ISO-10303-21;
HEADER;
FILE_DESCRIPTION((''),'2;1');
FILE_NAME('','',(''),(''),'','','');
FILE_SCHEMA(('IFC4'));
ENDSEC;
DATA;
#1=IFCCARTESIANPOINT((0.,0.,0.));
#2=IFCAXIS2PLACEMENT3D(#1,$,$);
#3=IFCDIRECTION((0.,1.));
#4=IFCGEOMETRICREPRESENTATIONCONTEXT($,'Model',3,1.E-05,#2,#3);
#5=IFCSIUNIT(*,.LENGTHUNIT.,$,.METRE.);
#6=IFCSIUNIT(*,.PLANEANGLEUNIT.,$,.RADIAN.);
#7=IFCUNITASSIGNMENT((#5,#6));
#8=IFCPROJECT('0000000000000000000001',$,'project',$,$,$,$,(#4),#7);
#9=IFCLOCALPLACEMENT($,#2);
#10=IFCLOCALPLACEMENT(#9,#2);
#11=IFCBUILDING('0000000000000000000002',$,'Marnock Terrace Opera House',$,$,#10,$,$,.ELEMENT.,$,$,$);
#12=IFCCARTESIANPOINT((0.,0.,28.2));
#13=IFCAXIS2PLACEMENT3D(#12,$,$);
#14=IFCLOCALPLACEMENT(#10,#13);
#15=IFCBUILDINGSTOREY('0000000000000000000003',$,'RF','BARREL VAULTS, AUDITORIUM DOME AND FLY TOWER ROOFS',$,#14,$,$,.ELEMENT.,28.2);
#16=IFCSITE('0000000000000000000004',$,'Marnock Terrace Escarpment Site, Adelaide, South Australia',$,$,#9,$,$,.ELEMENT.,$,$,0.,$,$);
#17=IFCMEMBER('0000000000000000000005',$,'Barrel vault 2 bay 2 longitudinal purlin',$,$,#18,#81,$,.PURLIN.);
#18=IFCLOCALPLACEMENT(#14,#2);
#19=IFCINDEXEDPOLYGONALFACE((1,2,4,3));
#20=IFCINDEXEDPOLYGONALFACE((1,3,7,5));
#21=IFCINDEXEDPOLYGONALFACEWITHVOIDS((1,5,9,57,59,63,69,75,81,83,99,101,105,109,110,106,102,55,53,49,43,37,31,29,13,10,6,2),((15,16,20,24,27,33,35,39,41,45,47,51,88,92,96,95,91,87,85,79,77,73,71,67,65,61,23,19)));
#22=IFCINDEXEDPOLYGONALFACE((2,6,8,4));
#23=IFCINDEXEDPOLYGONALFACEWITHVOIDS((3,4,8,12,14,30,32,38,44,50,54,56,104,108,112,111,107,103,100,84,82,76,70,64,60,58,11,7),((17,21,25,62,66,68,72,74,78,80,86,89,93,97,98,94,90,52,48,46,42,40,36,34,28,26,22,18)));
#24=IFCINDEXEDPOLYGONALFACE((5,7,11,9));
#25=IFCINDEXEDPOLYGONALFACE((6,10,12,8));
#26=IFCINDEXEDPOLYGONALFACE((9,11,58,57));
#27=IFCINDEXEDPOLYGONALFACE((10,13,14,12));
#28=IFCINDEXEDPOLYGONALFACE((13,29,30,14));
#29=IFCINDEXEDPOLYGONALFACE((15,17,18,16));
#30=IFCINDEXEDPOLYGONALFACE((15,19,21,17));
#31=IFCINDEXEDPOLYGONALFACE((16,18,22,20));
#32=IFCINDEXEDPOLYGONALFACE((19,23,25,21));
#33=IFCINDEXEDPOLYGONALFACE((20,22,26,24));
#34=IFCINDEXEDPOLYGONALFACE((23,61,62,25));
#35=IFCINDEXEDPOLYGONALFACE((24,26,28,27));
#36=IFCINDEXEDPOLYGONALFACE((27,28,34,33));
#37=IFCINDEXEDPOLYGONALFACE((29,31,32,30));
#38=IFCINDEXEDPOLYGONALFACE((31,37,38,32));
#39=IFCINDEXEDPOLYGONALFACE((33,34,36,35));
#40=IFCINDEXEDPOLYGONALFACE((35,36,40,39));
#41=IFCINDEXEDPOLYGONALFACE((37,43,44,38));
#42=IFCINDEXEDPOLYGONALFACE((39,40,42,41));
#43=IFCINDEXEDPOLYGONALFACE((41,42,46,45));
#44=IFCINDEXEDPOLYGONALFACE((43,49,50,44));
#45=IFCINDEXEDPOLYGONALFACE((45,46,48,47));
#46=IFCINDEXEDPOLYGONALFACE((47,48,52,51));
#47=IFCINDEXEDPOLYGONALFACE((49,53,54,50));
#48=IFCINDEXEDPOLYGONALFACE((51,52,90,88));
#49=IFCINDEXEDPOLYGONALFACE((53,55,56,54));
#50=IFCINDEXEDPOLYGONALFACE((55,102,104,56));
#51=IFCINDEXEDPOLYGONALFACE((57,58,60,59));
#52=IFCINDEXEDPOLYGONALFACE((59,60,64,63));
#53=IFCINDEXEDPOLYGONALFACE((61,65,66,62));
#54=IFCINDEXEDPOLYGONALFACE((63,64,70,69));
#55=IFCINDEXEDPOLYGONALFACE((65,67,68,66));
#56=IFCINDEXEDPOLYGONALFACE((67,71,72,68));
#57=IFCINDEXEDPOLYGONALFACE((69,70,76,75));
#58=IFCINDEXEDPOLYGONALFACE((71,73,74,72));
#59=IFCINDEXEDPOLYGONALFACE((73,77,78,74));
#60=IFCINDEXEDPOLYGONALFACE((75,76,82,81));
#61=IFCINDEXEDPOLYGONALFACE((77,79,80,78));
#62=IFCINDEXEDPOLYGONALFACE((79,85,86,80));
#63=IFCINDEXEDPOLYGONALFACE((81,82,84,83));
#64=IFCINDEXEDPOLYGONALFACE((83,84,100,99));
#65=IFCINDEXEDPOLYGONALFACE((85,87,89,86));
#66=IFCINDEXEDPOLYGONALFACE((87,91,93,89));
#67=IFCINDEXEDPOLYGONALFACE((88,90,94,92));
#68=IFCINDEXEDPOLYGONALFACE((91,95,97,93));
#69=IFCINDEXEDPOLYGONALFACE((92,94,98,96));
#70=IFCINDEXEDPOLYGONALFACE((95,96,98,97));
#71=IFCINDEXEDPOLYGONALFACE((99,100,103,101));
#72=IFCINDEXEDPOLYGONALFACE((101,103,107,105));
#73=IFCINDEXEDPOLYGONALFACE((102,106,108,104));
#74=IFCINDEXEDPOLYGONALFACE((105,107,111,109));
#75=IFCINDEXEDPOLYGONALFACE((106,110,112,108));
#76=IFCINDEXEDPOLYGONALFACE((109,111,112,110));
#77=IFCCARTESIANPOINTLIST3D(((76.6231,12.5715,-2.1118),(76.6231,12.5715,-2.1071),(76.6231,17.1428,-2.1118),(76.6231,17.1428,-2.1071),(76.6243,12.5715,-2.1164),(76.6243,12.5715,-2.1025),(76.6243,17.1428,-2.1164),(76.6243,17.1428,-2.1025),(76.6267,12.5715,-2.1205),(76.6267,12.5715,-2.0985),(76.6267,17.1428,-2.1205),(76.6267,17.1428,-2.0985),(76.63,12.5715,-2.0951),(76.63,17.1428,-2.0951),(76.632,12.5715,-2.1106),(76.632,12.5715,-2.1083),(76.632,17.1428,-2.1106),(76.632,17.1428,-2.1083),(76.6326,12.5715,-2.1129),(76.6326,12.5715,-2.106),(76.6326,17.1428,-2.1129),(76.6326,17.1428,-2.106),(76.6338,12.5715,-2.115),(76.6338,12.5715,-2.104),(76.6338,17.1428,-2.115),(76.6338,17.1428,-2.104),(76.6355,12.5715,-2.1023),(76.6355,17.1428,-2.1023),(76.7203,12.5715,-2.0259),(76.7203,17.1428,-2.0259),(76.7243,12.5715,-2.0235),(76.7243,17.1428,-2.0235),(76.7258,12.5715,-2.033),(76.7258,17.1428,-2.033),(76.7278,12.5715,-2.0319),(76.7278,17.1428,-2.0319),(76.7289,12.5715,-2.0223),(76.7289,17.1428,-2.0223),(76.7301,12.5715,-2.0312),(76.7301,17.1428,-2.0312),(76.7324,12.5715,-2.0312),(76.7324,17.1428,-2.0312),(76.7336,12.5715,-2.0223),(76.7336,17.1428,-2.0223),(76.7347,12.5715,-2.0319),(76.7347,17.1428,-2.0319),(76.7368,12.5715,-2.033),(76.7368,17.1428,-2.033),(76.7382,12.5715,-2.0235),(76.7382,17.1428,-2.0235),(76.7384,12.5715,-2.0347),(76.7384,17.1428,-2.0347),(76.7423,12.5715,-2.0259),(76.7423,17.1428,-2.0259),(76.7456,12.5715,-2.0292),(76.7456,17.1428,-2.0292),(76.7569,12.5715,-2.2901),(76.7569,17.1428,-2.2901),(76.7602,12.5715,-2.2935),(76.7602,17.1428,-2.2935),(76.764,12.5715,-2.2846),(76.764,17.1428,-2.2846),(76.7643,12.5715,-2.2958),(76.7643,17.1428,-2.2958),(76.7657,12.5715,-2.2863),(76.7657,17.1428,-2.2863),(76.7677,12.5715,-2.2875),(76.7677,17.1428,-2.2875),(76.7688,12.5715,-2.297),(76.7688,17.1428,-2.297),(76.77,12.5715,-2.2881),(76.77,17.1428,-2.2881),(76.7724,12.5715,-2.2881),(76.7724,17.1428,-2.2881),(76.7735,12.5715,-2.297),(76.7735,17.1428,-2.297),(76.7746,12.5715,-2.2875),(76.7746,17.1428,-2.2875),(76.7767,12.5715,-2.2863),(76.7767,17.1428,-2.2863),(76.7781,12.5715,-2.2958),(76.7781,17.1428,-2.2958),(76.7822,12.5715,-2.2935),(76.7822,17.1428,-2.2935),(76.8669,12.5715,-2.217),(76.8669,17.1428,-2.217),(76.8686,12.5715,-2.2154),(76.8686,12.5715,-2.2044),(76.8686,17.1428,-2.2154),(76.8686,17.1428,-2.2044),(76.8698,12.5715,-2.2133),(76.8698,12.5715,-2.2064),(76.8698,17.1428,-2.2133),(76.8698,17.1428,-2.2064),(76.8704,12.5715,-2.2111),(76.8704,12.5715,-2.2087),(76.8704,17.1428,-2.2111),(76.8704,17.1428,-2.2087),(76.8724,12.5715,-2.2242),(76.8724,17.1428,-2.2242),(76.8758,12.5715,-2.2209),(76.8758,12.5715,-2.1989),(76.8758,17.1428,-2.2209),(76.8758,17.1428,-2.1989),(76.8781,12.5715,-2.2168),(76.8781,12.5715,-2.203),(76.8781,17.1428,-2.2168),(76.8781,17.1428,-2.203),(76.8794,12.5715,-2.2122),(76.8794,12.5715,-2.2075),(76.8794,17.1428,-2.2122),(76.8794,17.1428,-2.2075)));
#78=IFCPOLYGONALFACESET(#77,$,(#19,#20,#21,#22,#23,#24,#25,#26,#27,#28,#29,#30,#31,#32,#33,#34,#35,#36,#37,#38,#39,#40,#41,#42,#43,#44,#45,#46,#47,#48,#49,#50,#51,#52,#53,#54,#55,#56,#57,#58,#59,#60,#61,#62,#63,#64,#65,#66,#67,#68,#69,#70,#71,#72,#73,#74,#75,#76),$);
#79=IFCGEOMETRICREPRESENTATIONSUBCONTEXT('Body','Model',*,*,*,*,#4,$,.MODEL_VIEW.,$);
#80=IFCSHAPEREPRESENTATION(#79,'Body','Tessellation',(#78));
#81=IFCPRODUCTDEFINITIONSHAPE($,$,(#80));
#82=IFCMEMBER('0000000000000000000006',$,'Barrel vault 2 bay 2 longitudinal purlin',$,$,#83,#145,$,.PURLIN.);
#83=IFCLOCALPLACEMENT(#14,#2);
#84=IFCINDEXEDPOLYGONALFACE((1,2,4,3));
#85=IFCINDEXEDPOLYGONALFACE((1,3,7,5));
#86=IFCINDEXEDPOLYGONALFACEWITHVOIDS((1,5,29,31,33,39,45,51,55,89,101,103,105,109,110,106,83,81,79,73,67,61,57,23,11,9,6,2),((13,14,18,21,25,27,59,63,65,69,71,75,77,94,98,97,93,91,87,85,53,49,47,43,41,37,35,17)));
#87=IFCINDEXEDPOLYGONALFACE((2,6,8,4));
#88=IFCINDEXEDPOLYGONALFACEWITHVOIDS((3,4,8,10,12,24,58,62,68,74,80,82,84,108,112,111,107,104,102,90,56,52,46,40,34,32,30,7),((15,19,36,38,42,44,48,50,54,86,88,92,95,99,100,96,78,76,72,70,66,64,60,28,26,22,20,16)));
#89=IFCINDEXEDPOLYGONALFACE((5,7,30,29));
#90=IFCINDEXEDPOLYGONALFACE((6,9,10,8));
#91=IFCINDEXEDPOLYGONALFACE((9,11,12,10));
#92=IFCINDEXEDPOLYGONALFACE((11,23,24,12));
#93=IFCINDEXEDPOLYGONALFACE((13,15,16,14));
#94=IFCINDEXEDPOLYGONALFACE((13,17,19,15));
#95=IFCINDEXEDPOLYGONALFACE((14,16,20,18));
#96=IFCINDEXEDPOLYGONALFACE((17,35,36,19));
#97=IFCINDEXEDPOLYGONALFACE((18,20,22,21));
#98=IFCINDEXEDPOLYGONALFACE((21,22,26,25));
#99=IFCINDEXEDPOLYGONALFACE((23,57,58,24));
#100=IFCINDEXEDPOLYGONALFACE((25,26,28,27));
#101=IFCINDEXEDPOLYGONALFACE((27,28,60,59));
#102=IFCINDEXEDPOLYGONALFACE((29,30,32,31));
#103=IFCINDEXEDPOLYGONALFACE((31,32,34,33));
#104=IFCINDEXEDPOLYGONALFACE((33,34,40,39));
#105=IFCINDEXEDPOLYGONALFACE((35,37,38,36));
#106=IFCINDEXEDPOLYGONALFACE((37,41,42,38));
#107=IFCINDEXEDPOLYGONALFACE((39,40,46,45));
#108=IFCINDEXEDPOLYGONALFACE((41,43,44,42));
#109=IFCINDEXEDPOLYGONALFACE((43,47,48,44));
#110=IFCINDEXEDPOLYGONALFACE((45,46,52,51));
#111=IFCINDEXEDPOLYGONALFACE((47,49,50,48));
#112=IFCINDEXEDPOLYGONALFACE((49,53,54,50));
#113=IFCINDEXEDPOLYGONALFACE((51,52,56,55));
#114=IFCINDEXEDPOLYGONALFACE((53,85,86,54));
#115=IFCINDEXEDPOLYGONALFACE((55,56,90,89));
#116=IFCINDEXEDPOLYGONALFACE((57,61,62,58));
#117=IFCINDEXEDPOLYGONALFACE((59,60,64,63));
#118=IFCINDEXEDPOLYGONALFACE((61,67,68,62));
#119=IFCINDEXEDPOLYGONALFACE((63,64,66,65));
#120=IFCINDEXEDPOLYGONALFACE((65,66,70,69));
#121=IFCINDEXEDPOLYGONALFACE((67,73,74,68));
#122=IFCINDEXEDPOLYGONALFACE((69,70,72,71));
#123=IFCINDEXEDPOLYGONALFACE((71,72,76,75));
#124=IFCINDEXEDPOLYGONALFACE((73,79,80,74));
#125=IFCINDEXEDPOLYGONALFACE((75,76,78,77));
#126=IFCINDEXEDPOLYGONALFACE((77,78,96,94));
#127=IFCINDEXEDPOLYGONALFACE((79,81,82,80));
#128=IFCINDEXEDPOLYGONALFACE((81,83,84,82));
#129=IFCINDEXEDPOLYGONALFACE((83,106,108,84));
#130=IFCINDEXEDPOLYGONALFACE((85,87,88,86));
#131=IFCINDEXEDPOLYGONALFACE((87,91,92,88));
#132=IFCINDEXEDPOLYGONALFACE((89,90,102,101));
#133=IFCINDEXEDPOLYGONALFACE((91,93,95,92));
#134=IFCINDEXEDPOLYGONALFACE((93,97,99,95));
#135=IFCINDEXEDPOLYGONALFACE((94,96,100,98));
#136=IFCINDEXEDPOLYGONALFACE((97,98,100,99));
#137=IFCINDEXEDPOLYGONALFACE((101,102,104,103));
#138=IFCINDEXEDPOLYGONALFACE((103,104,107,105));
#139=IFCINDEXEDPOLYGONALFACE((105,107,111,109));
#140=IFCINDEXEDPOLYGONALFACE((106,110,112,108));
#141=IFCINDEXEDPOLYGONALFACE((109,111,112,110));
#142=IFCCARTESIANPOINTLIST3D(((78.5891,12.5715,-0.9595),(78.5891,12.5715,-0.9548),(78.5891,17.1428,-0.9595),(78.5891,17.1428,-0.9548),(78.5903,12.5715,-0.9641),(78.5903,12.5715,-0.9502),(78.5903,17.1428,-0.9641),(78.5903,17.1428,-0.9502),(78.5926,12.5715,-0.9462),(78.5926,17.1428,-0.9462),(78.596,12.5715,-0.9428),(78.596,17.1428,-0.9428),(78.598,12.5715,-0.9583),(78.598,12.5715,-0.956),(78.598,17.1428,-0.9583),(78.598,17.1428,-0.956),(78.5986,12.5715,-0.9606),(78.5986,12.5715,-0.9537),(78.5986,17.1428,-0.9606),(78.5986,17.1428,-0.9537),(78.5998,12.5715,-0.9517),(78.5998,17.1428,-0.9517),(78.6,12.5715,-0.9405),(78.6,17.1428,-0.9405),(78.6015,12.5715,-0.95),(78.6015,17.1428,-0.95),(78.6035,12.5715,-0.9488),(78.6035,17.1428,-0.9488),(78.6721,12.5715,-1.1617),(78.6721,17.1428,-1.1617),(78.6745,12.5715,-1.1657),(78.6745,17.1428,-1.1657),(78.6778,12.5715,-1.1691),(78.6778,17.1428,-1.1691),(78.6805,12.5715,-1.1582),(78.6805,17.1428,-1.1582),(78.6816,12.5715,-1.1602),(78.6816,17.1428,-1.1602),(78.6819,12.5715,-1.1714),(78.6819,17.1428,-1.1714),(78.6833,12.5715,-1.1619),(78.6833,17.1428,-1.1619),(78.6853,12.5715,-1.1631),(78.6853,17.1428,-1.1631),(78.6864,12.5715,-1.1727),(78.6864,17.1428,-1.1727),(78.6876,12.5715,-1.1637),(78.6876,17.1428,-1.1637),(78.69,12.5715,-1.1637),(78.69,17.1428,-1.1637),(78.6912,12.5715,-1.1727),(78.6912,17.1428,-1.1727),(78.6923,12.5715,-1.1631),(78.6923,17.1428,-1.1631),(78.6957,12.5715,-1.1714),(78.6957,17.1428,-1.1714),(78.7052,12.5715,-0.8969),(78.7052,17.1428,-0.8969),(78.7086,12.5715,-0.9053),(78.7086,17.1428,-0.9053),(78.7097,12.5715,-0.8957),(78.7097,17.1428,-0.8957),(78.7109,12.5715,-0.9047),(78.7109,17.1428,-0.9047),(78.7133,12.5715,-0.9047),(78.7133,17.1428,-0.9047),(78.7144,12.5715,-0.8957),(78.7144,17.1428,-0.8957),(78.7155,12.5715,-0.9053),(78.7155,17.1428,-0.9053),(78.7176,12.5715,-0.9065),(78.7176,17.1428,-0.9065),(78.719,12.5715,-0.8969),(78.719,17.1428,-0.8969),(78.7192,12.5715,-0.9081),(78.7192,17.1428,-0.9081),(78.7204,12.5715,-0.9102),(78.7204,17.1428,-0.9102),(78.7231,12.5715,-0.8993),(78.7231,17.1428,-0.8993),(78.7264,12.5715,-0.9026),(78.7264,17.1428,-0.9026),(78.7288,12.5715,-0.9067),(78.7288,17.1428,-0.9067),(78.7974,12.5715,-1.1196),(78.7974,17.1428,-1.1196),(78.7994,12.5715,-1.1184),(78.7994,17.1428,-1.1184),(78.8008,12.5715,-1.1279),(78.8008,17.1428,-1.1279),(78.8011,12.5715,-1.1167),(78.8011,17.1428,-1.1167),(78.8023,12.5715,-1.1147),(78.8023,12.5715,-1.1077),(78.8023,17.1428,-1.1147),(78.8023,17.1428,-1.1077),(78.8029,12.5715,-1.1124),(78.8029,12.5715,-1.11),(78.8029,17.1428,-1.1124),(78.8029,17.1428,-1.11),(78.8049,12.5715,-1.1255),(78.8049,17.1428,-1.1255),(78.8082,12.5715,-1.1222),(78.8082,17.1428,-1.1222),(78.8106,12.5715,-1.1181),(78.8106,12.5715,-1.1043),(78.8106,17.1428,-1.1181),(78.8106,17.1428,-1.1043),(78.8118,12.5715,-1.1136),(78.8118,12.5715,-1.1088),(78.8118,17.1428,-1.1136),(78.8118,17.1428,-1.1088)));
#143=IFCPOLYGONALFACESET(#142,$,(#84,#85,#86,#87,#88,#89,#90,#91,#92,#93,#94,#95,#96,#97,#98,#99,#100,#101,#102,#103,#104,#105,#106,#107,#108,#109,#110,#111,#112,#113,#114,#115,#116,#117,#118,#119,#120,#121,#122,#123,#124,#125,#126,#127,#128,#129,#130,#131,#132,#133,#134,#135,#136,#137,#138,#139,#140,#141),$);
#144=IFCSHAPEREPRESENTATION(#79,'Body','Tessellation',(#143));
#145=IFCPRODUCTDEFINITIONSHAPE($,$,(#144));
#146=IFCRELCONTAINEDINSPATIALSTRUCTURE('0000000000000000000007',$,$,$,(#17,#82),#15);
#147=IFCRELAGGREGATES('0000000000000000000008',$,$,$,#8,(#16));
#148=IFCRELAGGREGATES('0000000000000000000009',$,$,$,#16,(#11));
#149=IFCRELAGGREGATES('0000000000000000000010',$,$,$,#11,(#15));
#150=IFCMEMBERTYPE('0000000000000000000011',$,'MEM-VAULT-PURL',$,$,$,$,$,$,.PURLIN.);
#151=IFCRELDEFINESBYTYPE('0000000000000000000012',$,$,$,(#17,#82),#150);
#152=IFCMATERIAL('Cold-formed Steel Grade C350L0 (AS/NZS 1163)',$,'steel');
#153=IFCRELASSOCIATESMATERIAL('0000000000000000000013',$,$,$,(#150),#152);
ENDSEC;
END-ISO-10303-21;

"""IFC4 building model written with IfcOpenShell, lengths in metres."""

from ifc_helpers import new_model, si_unit, direction, frame, origin, origin_2d, place, context, subcontext, project, spatial, hollow_rectangle, extrude, material, material_profile, profile_set, type_object, element, save


model = new_model("IFC4")

# Units and contexts
model_context = context("Model", 3, precision=1e-05, world=origin(), true_north=direction((0.0, 1.0)))
body_context = subcontext(model_context, "Body", "Model", "MODEL_VIEW")
ifc_project = project(units=[si_unit("LENGTHUNIT", "METRE"), si_unit("PLANEANGLEUNIT", "RADIAN")], contexts=[model_context])

# Site, building, storey
site_placement = place(None, origin())
site = spatial("IfcSite", under=ifc_project, at=site_placement, Name="Marnock Terrace Escarpment Site, Adelaide, South Australia", CompositionType="ELEMENT", RefElevation=0.0)
building_placement = place(site_placement, origin())
building = spatial("IfcBuilding", under=site, at=building_placement, Name="Marnock Terrace Opera House", CompositionType="ELEMENT")
storey_placement = place(building_placement, frame((0.0, 0.0, 28.2)))
storey = spatial("IfcBuildingStorey", under=building, at=storey_placement, Name="RF", Description="BARREL VAULTS, AUDITORIUM DOME AND FLY TOWER ROOFS", CompositionType="ELEMENT", Elevation=28.2)

# Members
ifc_material = material(Name="Cold-formed Steel Grade C350L0 (AS/NZS 1163)", Category="steel")
ifc_material_profile_1 = material_profile(ifc_material, hollow_rectangle(XDim=0.1499, YDim=0.25, WallThickness=0.009, InnerFilletRadius=0.009, OuterFilletRadius=0.0181, at=origin_2d()))
ifc_profile_set_1 = profile_set([ifc_material_profile_1], Name="Cold-formed Steel Grade C350L0 (AS/NZS 1163)")
member_type_1 = type_object("IfcMemberType", Name="MEM-VAULT-PURL", PredefinedType="PURLIN", material=ifc_profile_set_1)
for number, where, z_axis, x_axis, name in (
    (1, (76.7512, 12.5715, -2.1597), (0.0, 1.0, 0.0), (-0.793353, 0.0, -0.608761), "Barrel vault 2 bay 2 longitudinal purlin"),
    (2, (78.7004, 12.5715, -1.0342), (0.0, 1.0, 0.0), (-0.92388, 0.0, -0.382683), "Barrel vault 2 bay 2 longitudinal purlin"),
):
    element("IfcMember", number, at=place(storey_placement, frame(where, z_axis=z_axis, x_axis=x_axis)), inside=storey, type_object=member_type_1, Name=name, PredefinedType="PURLIN", context=body_context, shape_type="SweptSolid", body=[
        extrude(hollow_rectangle(XDim=0.1499, YDim=0.25, WallThickness=0.009, InnerFilletRadius=0.009, OuterFilletRadius=0.0181, at=origin_2d()), origin(), (0.0, 0.0, 1.0), 4.5713),
    ])

save(model, "model.ifc")
